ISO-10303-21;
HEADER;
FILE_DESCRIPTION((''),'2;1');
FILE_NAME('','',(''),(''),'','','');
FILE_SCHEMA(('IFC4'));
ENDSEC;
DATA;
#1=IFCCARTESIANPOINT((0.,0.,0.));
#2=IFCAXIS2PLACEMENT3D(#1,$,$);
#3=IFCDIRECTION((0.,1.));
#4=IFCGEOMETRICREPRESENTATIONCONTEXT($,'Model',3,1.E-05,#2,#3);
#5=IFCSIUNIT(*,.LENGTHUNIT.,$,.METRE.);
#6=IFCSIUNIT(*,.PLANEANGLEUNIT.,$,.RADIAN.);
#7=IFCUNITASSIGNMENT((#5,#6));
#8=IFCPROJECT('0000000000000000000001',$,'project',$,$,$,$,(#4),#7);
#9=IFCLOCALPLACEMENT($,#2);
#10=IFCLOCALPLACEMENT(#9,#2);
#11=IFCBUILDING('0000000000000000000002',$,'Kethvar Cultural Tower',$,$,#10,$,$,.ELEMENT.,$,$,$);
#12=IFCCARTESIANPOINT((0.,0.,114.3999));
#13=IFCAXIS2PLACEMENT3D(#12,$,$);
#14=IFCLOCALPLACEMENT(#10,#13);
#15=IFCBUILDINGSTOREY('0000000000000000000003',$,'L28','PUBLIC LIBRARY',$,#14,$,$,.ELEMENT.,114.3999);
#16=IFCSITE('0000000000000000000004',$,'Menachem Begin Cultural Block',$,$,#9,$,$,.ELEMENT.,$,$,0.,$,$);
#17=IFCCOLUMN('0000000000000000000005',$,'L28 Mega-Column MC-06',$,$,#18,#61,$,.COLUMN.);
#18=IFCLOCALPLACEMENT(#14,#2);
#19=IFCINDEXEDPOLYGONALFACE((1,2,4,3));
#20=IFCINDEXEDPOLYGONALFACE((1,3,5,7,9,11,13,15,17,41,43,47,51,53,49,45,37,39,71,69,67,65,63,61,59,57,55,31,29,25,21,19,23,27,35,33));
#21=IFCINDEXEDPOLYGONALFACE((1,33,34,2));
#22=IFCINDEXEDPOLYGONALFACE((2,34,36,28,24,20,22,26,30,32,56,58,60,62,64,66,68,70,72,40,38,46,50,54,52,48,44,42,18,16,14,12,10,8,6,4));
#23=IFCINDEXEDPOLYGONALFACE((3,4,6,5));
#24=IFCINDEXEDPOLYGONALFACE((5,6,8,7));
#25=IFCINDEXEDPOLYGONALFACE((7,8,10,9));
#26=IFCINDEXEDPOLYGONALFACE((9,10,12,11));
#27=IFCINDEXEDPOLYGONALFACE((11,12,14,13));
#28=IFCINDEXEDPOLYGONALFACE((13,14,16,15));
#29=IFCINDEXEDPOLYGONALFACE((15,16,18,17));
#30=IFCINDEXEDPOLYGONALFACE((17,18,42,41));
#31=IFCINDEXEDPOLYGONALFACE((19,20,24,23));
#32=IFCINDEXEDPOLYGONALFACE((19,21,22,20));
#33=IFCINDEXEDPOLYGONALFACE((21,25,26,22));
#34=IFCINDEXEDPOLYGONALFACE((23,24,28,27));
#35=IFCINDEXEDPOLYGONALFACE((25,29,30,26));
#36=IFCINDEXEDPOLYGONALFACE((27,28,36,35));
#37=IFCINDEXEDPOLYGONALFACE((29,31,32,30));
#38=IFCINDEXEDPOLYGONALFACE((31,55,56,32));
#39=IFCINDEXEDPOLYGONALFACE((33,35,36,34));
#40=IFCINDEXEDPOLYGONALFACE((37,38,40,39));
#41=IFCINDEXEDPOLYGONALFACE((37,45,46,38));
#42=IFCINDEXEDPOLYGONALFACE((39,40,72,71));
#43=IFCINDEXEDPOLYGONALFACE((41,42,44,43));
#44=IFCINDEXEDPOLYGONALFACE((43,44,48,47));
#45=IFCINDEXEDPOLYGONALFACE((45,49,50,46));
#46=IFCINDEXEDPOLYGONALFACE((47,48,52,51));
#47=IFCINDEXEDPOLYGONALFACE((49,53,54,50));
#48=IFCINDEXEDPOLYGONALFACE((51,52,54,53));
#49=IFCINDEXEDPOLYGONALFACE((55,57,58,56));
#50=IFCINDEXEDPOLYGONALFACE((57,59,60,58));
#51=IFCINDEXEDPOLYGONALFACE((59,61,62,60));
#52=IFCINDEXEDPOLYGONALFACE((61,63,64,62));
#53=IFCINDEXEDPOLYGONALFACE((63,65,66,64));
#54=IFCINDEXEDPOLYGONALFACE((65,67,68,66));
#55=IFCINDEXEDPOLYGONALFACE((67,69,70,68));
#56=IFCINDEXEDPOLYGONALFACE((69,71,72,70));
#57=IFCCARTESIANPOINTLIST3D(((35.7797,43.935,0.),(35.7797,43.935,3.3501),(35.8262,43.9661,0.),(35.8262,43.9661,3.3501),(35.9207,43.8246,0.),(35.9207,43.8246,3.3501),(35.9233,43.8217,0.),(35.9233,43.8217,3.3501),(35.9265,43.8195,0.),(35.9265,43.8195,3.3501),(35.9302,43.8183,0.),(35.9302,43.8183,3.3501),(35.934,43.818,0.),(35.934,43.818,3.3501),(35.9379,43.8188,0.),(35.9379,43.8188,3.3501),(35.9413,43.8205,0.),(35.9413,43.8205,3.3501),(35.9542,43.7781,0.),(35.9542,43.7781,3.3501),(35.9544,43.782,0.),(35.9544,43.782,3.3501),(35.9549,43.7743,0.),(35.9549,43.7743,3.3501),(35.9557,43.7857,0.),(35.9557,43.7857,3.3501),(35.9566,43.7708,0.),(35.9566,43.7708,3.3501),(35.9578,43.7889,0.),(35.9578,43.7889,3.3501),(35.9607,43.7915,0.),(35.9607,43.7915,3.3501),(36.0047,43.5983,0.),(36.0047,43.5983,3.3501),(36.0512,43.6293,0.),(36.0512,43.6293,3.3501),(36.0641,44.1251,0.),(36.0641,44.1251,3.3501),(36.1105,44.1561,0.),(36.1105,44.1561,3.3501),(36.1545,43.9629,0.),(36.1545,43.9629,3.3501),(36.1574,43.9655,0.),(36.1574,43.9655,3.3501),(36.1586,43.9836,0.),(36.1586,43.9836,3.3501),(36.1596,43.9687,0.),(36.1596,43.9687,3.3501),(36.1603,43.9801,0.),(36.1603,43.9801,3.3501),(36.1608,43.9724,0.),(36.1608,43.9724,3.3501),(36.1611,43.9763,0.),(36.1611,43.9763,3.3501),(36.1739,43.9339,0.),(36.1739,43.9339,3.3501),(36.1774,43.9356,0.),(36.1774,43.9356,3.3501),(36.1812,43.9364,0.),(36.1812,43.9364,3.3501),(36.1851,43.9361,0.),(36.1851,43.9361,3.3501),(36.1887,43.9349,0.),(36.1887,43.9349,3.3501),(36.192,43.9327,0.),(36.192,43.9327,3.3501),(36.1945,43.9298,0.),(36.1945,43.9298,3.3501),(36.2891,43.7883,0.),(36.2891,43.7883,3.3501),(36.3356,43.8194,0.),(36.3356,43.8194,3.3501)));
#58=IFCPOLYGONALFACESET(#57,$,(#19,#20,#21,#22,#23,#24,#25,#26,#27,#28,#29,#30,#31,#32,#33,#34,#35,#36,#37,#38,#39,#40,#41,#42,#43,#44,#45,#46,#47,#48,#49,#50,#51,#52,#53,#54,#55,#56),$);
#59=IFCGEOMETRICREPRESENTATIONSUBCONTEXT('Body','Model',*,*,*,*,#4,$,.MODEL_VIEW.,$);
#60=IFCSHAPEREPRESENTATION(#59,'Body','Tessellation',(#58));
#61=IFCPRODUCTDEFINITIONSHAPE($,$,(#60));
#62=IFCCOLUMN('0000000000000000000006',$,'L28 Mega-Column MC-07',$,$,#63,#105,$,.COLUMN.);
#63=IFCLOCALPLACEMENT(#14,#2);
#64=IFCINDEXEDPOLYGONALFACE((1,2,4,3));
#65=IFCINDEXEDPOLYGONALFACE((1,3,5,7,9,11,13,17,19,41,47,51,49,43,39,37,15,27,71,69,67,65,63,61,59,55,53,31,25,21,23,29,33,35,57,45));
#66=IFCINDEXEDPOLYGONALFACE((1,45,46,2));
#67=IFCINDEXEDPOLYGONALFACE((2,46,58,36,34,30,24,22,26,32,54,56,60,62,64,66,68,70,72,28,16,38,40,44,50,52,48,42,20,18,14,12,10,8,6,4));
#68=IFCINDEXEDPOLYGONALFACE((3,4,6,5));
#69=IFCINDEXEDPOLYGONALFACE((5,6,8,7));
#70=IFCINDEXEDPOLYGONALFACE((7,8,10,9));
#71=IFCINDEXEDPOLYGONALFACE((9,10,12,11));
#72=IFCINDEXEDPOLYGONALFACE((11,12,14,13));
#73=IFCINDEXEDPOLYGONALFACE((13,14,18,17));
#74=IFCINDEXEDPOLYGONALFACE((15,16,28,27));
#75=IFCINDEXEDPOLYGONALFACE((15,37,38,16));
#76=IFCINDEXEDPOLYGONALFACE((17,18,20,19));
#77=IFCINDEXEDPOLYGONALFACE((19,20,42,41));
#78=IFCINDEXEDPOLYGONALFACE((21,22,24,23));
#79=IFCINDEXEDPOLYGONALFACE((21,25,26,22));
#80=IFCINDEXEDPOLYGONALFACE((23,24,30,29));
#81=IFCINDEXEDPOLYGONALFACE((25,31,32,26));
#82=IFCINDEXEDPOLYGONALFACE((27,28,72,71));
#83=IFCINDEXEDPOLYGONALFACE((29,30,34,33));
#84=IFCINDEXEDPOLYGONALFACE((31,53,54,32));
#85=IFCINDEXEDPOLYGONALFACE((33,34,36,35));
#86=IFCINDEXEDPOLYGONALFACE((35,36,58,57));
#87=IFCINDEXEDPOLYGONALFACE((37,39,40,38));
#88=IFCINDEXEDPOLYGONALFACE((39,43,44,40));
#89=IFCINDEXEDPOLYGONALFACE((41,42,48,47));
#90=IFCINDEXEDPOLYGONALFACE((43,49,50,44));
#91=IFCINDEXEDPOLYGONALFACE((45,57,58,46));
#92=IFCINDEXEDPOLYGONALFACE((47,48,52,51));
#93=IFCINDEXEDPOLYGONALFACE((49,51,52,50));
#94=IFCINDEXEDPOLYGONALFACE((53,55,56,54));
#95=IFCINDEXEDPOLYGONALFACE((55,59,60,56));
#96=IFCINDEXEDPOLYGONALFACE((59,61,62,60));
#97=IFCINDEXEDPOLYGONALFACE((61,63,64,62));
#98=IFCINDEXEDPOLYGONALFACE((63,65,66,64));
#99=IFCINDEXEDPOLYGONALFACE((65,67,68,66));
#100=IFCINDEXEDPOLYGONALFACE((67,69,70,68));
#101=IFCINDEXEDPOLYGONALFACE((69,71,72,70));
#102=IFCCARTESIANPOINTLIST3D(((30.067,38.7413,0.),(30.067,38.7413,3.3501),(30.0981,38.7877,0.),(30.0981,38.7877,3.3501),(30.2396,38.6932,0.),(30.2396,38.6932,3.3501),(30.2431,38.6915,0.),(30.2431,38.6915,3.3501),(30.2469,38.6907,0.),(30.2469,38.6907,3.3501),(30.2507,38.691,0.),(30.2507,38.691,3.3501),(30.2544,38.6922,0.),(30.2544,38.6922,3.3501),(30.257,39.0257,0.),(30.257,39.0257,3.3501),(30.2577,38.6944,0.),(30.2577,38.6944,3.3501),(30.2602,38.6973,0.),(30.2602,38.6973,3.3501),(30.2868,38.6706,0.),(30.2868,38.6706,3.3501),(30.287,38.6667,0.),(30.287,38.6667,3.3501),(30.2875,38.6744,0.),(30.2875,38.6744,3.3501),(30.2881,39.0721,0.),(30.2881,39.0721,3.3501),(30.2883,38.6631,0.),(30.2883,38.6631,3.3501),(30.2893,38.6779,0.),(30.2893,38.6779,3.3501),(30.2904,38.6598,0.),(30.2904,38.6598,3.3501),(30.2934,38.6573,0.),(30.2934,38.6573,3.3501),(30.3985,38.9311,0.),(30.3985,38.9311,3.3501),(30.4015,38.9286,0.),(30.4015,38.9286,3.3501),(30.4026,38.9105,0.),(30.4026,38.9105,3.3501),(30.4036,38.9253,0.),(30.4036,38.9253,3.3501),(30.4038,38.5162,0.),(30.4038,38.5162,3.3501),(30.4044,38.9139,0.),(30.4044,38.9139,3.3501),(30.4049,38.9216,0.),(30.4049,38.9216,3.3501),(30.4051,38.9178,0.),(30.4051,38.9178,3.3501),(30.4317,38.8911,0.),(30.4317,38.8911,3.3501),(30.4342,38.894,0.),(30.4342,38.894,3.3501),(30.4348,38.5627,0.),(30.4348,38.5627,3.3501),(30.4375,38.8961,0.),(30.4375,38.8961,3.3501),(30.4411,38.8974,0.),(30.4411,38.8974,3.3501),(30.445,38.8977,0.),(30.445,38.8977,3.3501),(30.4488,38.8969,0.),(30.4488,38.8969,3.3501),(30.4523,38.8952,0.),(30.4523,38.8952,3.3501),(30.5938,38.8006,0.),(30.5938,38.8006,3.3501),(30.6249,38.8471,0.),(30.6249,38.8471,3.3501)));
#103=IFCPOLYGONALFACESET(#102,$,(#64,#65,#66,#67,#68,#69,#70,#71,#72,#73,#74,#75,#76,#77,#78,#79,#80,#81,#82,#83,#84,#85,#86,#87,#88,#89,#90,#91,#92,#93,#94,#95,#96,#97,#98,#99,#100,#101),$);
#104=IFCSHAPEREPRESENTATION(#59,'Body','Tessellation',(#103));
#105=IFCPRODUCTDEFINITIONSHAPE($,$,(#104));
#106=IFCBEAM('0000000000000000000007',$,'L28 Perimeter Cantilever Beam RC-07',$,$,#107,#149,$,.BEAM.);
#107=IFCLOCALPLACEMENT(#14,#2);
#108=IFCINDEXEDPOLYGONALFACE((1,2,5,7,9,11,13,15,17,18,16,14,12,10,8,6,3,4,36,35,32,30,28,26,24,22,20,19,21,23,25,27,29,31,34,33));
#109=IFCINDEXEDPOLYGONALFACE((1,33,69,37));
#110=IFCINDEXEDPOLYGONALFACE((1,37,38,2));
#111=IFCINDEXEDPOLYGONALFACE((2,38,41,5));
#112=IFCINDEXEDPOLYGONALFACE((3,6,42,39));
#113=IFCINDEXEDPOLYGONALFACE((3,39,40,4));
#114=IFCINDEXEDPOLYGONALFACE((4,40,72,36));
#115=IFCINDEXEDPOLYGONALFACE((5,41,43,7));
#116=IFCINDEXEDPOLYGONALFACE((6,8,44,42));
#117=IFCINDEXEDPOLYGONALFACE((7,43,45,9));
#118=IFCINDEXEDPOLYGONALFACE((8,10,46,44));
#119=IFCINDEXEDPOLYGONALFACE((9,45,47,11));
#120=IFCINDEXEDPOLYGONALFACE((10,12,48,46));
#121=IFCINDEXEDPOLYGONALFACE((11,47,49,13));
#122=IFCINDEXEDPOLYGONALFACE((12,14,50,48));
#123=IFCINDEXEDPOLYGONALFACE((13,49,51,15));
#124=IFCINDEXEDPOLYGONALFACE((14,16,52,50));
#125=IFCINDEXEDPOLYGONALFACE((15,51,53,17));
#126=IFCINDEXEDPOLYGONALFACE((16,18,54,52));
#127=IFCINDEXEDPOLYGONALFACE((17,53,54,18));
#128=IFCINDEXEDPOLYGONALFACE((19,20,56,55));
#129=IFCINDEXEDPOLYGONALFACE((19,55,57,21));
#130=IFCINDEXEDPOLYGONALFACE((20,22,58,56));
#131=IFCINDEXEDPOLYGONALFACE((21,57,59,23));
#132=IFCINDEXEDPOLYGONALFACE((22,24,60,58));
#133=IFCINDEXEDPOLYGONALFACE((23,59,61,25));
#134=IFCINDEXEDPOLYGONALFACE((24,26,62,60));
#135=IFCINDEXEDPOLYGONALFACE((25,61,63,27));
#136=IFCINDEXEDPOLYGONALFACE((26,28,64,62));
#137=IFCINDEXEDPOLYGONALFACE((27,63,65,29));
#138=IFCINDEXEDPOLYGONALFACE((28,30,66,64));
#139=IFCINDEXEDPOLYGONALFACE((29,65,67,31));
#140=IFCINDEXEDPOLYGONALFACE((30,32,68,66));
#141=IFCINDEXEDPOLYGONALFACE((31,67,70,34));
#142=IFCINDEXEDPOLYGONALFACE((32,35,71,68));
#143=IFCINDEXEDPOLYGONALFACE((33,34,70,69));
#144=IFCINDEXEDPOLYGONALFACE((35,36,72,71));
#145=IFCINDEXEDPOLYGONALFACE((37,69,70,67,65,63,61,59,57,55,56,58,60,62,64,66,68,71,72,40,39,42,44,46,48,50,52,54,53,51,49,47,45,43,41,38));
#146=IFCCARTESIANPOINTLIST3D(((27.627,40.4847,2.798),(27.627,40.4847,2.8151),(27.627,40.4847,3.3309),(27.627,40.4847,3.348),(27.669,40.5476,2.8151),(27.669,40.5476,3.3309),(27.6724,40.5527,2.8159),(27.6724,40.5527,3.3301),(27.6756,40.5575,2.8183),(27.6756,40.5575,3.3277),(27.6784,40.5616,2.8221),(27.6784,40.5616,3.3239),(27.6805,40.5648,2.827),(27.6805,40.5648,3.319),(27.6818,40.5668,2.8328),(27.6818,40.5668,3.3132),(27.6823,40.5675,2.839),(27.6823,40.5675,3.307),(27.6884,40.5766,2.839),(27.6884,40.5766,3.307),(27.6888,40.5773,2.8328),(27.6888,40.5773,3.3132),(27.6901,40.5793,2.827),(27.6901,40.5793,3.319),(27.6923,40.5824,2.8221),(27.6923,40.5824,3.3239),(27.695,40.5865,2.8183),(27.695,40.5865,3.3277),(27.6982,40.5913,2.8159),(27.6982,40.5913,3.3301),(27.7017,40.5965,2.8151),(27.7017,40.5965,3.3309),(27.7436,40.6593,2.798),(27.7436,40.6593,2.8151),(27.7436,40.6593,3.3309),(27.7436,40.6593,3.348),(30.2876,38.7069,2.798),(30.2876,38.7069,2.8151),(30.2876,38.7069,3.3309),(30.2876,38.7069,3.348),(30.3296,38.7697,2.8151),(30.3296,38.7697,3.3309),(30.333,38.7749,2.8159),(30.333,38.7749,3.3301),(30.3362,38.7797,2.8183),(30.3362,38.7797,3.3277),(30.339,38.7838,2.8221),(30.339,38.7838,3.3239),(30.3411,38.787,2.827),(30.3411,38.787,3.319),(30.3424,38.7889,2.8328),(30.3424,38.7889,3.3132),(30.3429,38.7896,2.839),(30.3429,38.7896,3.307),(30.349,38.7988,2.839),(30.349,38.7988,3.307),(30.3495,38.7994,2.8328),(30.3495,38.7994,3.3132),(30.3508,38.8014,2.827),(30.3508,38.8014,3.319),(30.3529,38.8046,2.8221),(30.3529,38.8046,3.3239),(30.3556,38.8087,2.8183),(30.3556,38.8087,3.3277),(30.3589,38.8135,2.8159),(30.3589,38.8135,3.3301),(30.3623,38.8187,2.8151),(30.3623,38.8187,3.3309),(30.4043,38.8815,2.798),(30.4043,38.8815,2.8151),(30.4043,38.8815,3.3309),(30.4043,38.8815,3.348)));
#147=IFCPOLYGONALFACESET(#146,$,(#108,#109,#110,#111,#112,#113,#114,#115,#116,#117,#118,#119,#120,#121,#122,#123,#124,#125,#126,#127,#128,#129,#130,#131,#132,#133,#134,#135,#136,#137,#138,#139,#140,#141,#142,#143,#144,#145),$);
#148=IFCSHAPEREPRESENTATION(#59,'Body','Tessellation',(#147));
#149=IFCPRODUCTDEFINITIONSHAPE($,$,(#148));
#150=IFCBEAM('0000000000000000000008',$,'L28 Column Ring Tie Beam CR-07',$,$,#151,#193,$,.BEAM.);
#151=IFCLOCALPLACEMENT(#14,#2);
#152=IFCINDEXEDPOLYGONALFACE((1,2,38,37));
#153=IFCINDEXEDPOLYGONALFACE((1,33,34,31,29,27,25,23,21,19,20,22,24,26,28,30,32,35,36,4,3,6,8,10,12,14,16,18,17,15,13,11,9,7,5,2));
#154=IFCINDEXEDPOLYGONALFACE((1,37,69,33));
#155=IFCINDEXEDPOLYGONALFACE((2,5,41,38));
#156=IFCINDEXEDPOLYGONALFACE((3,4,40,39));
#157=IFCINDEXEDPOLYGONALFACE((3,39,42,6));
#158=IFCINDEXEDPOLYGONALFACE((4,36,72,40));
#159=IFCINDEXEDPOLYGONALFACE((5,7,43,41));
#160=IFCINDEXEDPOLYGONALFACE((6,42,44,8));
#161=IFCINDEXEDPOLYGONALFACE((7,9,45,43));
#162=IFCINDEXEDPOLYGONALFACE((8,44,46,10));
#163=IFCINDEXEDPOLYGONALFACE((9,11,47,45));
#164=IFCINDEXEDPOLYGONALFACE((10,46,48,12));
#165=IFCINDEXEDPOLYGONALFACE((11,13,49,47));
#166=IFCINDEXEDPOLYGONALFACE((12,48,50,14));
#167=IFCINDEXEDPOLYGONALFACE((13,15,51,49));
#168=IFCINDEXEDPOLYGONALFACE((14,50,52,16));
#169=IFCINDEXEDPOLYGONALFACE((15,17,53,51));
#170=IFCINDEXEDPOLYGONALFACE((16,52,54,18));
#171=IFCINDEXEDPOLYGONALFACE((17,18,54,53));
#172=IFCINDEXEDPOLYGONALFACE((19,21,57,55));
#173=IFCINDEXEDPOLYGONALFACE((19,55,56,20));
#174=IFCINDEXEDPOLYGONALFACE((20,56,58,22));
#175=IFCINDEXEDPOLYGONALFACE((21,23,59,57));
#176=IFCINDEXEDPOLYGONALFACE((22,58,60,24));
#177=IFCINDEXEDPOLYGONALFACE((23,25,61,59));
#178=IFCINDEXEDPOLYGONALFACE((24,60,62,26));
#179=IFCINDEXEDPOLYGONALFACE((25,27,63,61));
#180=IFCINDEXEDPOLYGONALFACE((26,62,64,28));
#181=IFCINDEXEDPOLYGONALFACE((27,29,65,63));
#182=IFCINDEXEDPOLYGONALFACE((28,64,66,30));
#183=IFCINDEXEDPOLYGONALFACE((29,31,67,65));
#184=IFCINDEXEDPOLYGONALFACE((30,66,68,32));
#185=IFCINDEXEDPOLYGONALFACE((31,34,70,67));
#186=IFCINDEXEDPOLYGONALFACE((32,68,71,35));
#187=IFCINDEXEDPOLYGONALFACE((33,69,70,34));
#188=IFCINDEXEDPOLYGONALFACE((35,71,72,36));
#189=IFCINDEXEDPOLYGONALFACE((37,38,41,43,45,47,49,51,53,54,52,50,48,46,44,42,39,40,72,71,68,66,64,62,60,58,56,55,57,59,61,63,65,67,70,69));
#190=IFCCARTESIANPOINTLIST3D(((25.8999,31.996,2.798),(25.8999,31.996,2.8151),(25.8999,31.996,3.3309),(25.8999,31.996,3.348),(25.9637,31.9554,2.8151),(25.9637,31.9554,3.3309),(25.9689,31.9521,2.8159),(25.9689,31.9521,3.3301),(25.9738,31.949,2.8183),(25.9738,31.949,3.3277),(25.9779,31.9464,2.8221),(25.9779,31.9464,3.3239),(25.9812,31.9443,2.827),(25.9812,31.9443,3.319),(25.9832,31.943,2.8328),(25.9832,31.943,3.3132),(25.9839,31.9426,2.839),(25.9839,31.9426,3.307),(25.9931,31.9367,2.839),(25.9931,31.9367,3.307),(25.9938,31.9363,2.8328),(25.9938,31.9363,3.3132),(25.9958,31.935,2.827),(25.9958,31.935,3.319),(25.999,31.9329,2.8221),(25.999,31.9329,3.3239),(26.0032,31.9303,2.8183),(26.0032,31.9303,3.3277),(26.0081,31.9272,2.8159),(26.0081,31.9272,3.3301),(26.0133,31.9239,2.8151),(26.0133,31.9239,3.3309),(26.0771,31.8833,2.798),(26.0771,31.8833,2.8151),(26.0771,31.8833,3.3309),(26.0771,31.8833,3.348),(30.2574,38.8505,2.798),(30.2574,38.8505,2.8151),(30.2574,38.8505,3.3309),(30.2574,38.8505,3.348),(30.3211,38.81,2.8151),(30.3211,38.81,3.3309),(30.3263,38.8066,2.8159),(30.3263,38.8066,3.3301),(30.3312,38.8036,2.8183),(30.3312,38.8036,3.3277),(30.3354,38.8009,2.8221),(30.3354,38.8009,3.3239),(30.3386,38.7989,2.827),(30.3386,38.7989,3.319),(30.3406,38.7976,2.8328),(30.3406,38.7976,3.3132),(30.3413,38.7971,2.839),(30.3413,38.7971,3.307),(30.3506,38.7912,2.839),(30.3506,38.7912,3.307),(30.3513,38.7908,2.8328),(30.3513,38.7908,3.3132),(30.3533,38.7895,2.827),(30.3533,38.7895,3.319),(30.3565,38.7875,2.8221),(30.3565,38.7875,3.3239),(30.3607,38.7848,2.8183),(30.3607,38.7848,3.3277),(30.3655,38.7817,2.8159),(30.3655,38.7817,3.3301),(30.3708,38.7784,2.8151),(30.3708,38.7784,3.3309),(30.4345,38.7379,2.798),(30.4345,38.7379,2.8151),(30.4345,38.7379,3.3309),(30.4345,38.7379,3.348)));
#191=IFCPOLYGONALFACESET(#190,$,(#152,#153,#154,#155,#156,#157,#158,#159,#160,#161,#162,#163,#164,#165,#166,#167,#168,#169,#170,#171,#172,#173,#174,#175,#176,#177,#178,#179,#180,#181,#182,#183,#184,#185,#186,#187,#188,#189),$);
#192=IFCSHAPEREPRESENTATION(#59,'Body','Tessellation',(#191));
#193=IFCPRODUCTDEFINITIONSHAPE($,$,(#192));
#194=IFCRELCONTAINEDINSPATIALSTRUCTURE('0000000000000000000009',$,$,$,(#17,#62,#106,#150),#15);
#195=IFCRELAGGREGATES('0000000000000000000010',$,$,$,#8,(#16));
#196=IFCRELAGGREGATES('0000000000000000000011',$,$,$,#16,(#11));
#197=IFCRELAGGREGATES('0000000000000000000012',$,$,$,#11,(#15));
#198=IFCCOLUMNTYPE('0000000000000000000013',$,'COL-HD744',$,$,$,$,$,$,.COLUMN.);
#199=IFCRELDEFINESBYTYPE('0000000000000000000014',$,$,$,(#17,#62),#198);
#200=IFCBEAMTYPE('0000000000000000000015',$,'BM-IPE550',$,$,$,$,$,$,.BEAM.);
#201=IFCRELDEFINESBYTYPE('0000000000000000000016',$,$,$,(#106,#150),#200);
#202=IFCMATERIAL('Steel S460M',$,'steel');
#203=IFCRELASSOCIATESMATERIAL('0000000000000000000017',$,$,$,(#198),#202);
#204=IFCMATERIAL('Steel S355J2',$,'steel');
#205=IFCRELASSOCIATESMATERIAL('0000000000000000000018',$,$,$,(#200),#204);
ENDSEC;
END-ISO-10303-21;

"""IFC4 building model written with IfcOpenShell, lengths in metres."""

from ifc_helpers import new_model, si_unit, direction, frame, origin, origin_2d, place, context, subcontext, project, spatial, i_section, extrude, source, transform, mapped, material, material_profile, profile_set, type_object, element, save


model = new_model("IFC4")

# Units and contexts
model_context = context("Model", 3, precision=1e-05, world=origin(), true_north=direction((0.0, 1.0)))
body_context = subcontext(model_context, "Body", "Model", "MODEL_VIEW")
ifc_project = project(units=[si_unit("LENGTHUNIT", "METRE"), si_unit("PLANEANGLEUNIT", "RADIAN")], contexts=[model_context])

# Site, building, storey
site_placement = place(None, origin())
site = spatial("IfcSite", under=ifc_project, at=site_placement, Name="Menachem Begin Cultural Block", CompositionType="ELEMENT", RefElevation=0.0)
building_placement = place(site_placement, origin())
building = spatial("IfcBuilding", under=site, at=building_placement, Name="Kethvar Cultural Tower", CompositionType="ELEMENT")
storey_placement = place(building_placement, frame((0.0, 0.0, 114.3999)))
storey = spatial("IfcBuildingStorey", under=building, at=storey_placement, Name="L28", Description="PUBLIC LIBRARY", CompositionType="ELEMENT", Elevation=114.3999)

# Columns
ifc_material_1 = material(Name="Steel S460M", Category="steel")
ifc_material_profile_1 = material_profile(ifc_material_1, i_section(OverallWidth=0.405, OverallDepth=0.3979, WebThickness=0.0349, FlangeThickness=0.0559, FilletRadius=0.0149, at=origin_2d()), Name="Steel S460M — HD400x744")
ifc_profile_set_1 = profile_set([ifc_material_profile_1], Name="Steel S460M — HD400x744")
column_type = type_object("IfcColumnType", Name="COL-HD744", PredefinedType="COLUMN", material=ifc_profile_set_1)
shared_shape_1 = source(origin(), body_context, "Body", "SweptSolid", [
    extrude(i_section(OverallWidth=0.405, OverallDepth=0.3979, WebThickness=0.0349, FlangeThickness=0.0559, FilletRadius=0.0149, at=origin_2d()), origin(), (0.0, 0.0, 1.0), 3.3501),
])
for number, where, z_axis, x_axis, name in (
    (1, (36.0576, 43.8772, 0.0), (0.0, 0.0, 1.0), (-0.55557, 0.83147, 0.0), "L28 Mega-Column MC-06"),
    (2, (30.3459, 38.7942, 0.0), (0.0, 0.0, 1.0), (-0.83147, 0.55557, 0.0), "L28 Mega-Column MC-07"),
):
    element("IfcColumn", number, at=place(storey_placement, frame(where, z_axis=z_axis, x_axis=x_axis)), inside=storey, type_object=column_type, Name=name, PredefinedType="COLUMN", context=body_context, shape_type="MappedRepresentation", body=[
        mapped(shared_shape_1, transform((0.0, 0.0, 0.0), scale=1.0)),
    ])

# Beams
ifc_material_2 = material(Name="Steel S355J2", Category="steel")
ifc_material_profile_2 = material_profile(ifc_material_2, i_section(OverallWidth=0.21, OverallDepth=0.55, WebThickness=0.011, FlangeThickness=0.0171, FilletRadius=0.0239, at=origin_2d()), Name="Steel S355J2 — IPE550")
ifc_profile_set_2 = profile_set([ifc_material_profile_2], Name="Steel S355J2 — IPE550")
beam_type_1 = type_object("IfcBeamType", Name="BM-IPE550", PredefinedType="BEAM", material=ifc_profile_set_2)
shared_shape_2 = source(origin(), body_context, "Body", "SweptSolid", [
    extrude(i_section(OverallWidth=0.21, OverallDepth=0.55, WebThickness=0.011, FlangeThickness=0.0171, FilletRadius=0.0239, at=origin_2d()), origin(), (0.0, 0.0, 1.0), 3.2),
])
beam_1_placement = place(storey_placement, frame((30.3459, 38.7942, 3.073), z_axis=(-0.831463, 0.55558, 0.0), x_axis=(-0.55558, -0.831463, 0.0)))
element("IfcBeam", 3, at=beam_1_placement, inside=storey, type_object=beam_type_1, Name="L28 Perimeter Cantilever Beam RC-07", PredefinedType="BEAM", context=body_context, shape_type="MappedRepresentation", body=[
    mapped(shared_shape_2, transform((0.0, 0.0, 0.0), scale=1.0)),
])
shared_shape_3 = source(origin(), body_context, "Body", "SweptSolid", [
    extrude(i_section(OverallWidth=0.21, OverallDepth=0.55, WebThickness=0.011, FlangeThickness=0.0171, FilletRadius=0.0239, at=origin_2d()), origin(), (0.0, 0.0, 1.0), 8.1223),
])
beam_2_placement = place(storey_placement, frame((30.3459, 38.7942, 3.073), z_axis=(-0.536479, -0.843914, 0.0), x_axis=(0.843914, -0.536479, 0.0)))
element("IfcBeam", 4, at=beam_2_placement, inside=storey, type_object=beam_type_1, Name="L28 Column Ring Tie Beam CR-07", PredefinedType="BEAM", context=body_context, shape_type="MappedRepresentation", body=[
    mapped(shared_shape_3, transform((0.0, 0.0, 0.0), scale=1.0)),
])

save(model, "model.ifc")
